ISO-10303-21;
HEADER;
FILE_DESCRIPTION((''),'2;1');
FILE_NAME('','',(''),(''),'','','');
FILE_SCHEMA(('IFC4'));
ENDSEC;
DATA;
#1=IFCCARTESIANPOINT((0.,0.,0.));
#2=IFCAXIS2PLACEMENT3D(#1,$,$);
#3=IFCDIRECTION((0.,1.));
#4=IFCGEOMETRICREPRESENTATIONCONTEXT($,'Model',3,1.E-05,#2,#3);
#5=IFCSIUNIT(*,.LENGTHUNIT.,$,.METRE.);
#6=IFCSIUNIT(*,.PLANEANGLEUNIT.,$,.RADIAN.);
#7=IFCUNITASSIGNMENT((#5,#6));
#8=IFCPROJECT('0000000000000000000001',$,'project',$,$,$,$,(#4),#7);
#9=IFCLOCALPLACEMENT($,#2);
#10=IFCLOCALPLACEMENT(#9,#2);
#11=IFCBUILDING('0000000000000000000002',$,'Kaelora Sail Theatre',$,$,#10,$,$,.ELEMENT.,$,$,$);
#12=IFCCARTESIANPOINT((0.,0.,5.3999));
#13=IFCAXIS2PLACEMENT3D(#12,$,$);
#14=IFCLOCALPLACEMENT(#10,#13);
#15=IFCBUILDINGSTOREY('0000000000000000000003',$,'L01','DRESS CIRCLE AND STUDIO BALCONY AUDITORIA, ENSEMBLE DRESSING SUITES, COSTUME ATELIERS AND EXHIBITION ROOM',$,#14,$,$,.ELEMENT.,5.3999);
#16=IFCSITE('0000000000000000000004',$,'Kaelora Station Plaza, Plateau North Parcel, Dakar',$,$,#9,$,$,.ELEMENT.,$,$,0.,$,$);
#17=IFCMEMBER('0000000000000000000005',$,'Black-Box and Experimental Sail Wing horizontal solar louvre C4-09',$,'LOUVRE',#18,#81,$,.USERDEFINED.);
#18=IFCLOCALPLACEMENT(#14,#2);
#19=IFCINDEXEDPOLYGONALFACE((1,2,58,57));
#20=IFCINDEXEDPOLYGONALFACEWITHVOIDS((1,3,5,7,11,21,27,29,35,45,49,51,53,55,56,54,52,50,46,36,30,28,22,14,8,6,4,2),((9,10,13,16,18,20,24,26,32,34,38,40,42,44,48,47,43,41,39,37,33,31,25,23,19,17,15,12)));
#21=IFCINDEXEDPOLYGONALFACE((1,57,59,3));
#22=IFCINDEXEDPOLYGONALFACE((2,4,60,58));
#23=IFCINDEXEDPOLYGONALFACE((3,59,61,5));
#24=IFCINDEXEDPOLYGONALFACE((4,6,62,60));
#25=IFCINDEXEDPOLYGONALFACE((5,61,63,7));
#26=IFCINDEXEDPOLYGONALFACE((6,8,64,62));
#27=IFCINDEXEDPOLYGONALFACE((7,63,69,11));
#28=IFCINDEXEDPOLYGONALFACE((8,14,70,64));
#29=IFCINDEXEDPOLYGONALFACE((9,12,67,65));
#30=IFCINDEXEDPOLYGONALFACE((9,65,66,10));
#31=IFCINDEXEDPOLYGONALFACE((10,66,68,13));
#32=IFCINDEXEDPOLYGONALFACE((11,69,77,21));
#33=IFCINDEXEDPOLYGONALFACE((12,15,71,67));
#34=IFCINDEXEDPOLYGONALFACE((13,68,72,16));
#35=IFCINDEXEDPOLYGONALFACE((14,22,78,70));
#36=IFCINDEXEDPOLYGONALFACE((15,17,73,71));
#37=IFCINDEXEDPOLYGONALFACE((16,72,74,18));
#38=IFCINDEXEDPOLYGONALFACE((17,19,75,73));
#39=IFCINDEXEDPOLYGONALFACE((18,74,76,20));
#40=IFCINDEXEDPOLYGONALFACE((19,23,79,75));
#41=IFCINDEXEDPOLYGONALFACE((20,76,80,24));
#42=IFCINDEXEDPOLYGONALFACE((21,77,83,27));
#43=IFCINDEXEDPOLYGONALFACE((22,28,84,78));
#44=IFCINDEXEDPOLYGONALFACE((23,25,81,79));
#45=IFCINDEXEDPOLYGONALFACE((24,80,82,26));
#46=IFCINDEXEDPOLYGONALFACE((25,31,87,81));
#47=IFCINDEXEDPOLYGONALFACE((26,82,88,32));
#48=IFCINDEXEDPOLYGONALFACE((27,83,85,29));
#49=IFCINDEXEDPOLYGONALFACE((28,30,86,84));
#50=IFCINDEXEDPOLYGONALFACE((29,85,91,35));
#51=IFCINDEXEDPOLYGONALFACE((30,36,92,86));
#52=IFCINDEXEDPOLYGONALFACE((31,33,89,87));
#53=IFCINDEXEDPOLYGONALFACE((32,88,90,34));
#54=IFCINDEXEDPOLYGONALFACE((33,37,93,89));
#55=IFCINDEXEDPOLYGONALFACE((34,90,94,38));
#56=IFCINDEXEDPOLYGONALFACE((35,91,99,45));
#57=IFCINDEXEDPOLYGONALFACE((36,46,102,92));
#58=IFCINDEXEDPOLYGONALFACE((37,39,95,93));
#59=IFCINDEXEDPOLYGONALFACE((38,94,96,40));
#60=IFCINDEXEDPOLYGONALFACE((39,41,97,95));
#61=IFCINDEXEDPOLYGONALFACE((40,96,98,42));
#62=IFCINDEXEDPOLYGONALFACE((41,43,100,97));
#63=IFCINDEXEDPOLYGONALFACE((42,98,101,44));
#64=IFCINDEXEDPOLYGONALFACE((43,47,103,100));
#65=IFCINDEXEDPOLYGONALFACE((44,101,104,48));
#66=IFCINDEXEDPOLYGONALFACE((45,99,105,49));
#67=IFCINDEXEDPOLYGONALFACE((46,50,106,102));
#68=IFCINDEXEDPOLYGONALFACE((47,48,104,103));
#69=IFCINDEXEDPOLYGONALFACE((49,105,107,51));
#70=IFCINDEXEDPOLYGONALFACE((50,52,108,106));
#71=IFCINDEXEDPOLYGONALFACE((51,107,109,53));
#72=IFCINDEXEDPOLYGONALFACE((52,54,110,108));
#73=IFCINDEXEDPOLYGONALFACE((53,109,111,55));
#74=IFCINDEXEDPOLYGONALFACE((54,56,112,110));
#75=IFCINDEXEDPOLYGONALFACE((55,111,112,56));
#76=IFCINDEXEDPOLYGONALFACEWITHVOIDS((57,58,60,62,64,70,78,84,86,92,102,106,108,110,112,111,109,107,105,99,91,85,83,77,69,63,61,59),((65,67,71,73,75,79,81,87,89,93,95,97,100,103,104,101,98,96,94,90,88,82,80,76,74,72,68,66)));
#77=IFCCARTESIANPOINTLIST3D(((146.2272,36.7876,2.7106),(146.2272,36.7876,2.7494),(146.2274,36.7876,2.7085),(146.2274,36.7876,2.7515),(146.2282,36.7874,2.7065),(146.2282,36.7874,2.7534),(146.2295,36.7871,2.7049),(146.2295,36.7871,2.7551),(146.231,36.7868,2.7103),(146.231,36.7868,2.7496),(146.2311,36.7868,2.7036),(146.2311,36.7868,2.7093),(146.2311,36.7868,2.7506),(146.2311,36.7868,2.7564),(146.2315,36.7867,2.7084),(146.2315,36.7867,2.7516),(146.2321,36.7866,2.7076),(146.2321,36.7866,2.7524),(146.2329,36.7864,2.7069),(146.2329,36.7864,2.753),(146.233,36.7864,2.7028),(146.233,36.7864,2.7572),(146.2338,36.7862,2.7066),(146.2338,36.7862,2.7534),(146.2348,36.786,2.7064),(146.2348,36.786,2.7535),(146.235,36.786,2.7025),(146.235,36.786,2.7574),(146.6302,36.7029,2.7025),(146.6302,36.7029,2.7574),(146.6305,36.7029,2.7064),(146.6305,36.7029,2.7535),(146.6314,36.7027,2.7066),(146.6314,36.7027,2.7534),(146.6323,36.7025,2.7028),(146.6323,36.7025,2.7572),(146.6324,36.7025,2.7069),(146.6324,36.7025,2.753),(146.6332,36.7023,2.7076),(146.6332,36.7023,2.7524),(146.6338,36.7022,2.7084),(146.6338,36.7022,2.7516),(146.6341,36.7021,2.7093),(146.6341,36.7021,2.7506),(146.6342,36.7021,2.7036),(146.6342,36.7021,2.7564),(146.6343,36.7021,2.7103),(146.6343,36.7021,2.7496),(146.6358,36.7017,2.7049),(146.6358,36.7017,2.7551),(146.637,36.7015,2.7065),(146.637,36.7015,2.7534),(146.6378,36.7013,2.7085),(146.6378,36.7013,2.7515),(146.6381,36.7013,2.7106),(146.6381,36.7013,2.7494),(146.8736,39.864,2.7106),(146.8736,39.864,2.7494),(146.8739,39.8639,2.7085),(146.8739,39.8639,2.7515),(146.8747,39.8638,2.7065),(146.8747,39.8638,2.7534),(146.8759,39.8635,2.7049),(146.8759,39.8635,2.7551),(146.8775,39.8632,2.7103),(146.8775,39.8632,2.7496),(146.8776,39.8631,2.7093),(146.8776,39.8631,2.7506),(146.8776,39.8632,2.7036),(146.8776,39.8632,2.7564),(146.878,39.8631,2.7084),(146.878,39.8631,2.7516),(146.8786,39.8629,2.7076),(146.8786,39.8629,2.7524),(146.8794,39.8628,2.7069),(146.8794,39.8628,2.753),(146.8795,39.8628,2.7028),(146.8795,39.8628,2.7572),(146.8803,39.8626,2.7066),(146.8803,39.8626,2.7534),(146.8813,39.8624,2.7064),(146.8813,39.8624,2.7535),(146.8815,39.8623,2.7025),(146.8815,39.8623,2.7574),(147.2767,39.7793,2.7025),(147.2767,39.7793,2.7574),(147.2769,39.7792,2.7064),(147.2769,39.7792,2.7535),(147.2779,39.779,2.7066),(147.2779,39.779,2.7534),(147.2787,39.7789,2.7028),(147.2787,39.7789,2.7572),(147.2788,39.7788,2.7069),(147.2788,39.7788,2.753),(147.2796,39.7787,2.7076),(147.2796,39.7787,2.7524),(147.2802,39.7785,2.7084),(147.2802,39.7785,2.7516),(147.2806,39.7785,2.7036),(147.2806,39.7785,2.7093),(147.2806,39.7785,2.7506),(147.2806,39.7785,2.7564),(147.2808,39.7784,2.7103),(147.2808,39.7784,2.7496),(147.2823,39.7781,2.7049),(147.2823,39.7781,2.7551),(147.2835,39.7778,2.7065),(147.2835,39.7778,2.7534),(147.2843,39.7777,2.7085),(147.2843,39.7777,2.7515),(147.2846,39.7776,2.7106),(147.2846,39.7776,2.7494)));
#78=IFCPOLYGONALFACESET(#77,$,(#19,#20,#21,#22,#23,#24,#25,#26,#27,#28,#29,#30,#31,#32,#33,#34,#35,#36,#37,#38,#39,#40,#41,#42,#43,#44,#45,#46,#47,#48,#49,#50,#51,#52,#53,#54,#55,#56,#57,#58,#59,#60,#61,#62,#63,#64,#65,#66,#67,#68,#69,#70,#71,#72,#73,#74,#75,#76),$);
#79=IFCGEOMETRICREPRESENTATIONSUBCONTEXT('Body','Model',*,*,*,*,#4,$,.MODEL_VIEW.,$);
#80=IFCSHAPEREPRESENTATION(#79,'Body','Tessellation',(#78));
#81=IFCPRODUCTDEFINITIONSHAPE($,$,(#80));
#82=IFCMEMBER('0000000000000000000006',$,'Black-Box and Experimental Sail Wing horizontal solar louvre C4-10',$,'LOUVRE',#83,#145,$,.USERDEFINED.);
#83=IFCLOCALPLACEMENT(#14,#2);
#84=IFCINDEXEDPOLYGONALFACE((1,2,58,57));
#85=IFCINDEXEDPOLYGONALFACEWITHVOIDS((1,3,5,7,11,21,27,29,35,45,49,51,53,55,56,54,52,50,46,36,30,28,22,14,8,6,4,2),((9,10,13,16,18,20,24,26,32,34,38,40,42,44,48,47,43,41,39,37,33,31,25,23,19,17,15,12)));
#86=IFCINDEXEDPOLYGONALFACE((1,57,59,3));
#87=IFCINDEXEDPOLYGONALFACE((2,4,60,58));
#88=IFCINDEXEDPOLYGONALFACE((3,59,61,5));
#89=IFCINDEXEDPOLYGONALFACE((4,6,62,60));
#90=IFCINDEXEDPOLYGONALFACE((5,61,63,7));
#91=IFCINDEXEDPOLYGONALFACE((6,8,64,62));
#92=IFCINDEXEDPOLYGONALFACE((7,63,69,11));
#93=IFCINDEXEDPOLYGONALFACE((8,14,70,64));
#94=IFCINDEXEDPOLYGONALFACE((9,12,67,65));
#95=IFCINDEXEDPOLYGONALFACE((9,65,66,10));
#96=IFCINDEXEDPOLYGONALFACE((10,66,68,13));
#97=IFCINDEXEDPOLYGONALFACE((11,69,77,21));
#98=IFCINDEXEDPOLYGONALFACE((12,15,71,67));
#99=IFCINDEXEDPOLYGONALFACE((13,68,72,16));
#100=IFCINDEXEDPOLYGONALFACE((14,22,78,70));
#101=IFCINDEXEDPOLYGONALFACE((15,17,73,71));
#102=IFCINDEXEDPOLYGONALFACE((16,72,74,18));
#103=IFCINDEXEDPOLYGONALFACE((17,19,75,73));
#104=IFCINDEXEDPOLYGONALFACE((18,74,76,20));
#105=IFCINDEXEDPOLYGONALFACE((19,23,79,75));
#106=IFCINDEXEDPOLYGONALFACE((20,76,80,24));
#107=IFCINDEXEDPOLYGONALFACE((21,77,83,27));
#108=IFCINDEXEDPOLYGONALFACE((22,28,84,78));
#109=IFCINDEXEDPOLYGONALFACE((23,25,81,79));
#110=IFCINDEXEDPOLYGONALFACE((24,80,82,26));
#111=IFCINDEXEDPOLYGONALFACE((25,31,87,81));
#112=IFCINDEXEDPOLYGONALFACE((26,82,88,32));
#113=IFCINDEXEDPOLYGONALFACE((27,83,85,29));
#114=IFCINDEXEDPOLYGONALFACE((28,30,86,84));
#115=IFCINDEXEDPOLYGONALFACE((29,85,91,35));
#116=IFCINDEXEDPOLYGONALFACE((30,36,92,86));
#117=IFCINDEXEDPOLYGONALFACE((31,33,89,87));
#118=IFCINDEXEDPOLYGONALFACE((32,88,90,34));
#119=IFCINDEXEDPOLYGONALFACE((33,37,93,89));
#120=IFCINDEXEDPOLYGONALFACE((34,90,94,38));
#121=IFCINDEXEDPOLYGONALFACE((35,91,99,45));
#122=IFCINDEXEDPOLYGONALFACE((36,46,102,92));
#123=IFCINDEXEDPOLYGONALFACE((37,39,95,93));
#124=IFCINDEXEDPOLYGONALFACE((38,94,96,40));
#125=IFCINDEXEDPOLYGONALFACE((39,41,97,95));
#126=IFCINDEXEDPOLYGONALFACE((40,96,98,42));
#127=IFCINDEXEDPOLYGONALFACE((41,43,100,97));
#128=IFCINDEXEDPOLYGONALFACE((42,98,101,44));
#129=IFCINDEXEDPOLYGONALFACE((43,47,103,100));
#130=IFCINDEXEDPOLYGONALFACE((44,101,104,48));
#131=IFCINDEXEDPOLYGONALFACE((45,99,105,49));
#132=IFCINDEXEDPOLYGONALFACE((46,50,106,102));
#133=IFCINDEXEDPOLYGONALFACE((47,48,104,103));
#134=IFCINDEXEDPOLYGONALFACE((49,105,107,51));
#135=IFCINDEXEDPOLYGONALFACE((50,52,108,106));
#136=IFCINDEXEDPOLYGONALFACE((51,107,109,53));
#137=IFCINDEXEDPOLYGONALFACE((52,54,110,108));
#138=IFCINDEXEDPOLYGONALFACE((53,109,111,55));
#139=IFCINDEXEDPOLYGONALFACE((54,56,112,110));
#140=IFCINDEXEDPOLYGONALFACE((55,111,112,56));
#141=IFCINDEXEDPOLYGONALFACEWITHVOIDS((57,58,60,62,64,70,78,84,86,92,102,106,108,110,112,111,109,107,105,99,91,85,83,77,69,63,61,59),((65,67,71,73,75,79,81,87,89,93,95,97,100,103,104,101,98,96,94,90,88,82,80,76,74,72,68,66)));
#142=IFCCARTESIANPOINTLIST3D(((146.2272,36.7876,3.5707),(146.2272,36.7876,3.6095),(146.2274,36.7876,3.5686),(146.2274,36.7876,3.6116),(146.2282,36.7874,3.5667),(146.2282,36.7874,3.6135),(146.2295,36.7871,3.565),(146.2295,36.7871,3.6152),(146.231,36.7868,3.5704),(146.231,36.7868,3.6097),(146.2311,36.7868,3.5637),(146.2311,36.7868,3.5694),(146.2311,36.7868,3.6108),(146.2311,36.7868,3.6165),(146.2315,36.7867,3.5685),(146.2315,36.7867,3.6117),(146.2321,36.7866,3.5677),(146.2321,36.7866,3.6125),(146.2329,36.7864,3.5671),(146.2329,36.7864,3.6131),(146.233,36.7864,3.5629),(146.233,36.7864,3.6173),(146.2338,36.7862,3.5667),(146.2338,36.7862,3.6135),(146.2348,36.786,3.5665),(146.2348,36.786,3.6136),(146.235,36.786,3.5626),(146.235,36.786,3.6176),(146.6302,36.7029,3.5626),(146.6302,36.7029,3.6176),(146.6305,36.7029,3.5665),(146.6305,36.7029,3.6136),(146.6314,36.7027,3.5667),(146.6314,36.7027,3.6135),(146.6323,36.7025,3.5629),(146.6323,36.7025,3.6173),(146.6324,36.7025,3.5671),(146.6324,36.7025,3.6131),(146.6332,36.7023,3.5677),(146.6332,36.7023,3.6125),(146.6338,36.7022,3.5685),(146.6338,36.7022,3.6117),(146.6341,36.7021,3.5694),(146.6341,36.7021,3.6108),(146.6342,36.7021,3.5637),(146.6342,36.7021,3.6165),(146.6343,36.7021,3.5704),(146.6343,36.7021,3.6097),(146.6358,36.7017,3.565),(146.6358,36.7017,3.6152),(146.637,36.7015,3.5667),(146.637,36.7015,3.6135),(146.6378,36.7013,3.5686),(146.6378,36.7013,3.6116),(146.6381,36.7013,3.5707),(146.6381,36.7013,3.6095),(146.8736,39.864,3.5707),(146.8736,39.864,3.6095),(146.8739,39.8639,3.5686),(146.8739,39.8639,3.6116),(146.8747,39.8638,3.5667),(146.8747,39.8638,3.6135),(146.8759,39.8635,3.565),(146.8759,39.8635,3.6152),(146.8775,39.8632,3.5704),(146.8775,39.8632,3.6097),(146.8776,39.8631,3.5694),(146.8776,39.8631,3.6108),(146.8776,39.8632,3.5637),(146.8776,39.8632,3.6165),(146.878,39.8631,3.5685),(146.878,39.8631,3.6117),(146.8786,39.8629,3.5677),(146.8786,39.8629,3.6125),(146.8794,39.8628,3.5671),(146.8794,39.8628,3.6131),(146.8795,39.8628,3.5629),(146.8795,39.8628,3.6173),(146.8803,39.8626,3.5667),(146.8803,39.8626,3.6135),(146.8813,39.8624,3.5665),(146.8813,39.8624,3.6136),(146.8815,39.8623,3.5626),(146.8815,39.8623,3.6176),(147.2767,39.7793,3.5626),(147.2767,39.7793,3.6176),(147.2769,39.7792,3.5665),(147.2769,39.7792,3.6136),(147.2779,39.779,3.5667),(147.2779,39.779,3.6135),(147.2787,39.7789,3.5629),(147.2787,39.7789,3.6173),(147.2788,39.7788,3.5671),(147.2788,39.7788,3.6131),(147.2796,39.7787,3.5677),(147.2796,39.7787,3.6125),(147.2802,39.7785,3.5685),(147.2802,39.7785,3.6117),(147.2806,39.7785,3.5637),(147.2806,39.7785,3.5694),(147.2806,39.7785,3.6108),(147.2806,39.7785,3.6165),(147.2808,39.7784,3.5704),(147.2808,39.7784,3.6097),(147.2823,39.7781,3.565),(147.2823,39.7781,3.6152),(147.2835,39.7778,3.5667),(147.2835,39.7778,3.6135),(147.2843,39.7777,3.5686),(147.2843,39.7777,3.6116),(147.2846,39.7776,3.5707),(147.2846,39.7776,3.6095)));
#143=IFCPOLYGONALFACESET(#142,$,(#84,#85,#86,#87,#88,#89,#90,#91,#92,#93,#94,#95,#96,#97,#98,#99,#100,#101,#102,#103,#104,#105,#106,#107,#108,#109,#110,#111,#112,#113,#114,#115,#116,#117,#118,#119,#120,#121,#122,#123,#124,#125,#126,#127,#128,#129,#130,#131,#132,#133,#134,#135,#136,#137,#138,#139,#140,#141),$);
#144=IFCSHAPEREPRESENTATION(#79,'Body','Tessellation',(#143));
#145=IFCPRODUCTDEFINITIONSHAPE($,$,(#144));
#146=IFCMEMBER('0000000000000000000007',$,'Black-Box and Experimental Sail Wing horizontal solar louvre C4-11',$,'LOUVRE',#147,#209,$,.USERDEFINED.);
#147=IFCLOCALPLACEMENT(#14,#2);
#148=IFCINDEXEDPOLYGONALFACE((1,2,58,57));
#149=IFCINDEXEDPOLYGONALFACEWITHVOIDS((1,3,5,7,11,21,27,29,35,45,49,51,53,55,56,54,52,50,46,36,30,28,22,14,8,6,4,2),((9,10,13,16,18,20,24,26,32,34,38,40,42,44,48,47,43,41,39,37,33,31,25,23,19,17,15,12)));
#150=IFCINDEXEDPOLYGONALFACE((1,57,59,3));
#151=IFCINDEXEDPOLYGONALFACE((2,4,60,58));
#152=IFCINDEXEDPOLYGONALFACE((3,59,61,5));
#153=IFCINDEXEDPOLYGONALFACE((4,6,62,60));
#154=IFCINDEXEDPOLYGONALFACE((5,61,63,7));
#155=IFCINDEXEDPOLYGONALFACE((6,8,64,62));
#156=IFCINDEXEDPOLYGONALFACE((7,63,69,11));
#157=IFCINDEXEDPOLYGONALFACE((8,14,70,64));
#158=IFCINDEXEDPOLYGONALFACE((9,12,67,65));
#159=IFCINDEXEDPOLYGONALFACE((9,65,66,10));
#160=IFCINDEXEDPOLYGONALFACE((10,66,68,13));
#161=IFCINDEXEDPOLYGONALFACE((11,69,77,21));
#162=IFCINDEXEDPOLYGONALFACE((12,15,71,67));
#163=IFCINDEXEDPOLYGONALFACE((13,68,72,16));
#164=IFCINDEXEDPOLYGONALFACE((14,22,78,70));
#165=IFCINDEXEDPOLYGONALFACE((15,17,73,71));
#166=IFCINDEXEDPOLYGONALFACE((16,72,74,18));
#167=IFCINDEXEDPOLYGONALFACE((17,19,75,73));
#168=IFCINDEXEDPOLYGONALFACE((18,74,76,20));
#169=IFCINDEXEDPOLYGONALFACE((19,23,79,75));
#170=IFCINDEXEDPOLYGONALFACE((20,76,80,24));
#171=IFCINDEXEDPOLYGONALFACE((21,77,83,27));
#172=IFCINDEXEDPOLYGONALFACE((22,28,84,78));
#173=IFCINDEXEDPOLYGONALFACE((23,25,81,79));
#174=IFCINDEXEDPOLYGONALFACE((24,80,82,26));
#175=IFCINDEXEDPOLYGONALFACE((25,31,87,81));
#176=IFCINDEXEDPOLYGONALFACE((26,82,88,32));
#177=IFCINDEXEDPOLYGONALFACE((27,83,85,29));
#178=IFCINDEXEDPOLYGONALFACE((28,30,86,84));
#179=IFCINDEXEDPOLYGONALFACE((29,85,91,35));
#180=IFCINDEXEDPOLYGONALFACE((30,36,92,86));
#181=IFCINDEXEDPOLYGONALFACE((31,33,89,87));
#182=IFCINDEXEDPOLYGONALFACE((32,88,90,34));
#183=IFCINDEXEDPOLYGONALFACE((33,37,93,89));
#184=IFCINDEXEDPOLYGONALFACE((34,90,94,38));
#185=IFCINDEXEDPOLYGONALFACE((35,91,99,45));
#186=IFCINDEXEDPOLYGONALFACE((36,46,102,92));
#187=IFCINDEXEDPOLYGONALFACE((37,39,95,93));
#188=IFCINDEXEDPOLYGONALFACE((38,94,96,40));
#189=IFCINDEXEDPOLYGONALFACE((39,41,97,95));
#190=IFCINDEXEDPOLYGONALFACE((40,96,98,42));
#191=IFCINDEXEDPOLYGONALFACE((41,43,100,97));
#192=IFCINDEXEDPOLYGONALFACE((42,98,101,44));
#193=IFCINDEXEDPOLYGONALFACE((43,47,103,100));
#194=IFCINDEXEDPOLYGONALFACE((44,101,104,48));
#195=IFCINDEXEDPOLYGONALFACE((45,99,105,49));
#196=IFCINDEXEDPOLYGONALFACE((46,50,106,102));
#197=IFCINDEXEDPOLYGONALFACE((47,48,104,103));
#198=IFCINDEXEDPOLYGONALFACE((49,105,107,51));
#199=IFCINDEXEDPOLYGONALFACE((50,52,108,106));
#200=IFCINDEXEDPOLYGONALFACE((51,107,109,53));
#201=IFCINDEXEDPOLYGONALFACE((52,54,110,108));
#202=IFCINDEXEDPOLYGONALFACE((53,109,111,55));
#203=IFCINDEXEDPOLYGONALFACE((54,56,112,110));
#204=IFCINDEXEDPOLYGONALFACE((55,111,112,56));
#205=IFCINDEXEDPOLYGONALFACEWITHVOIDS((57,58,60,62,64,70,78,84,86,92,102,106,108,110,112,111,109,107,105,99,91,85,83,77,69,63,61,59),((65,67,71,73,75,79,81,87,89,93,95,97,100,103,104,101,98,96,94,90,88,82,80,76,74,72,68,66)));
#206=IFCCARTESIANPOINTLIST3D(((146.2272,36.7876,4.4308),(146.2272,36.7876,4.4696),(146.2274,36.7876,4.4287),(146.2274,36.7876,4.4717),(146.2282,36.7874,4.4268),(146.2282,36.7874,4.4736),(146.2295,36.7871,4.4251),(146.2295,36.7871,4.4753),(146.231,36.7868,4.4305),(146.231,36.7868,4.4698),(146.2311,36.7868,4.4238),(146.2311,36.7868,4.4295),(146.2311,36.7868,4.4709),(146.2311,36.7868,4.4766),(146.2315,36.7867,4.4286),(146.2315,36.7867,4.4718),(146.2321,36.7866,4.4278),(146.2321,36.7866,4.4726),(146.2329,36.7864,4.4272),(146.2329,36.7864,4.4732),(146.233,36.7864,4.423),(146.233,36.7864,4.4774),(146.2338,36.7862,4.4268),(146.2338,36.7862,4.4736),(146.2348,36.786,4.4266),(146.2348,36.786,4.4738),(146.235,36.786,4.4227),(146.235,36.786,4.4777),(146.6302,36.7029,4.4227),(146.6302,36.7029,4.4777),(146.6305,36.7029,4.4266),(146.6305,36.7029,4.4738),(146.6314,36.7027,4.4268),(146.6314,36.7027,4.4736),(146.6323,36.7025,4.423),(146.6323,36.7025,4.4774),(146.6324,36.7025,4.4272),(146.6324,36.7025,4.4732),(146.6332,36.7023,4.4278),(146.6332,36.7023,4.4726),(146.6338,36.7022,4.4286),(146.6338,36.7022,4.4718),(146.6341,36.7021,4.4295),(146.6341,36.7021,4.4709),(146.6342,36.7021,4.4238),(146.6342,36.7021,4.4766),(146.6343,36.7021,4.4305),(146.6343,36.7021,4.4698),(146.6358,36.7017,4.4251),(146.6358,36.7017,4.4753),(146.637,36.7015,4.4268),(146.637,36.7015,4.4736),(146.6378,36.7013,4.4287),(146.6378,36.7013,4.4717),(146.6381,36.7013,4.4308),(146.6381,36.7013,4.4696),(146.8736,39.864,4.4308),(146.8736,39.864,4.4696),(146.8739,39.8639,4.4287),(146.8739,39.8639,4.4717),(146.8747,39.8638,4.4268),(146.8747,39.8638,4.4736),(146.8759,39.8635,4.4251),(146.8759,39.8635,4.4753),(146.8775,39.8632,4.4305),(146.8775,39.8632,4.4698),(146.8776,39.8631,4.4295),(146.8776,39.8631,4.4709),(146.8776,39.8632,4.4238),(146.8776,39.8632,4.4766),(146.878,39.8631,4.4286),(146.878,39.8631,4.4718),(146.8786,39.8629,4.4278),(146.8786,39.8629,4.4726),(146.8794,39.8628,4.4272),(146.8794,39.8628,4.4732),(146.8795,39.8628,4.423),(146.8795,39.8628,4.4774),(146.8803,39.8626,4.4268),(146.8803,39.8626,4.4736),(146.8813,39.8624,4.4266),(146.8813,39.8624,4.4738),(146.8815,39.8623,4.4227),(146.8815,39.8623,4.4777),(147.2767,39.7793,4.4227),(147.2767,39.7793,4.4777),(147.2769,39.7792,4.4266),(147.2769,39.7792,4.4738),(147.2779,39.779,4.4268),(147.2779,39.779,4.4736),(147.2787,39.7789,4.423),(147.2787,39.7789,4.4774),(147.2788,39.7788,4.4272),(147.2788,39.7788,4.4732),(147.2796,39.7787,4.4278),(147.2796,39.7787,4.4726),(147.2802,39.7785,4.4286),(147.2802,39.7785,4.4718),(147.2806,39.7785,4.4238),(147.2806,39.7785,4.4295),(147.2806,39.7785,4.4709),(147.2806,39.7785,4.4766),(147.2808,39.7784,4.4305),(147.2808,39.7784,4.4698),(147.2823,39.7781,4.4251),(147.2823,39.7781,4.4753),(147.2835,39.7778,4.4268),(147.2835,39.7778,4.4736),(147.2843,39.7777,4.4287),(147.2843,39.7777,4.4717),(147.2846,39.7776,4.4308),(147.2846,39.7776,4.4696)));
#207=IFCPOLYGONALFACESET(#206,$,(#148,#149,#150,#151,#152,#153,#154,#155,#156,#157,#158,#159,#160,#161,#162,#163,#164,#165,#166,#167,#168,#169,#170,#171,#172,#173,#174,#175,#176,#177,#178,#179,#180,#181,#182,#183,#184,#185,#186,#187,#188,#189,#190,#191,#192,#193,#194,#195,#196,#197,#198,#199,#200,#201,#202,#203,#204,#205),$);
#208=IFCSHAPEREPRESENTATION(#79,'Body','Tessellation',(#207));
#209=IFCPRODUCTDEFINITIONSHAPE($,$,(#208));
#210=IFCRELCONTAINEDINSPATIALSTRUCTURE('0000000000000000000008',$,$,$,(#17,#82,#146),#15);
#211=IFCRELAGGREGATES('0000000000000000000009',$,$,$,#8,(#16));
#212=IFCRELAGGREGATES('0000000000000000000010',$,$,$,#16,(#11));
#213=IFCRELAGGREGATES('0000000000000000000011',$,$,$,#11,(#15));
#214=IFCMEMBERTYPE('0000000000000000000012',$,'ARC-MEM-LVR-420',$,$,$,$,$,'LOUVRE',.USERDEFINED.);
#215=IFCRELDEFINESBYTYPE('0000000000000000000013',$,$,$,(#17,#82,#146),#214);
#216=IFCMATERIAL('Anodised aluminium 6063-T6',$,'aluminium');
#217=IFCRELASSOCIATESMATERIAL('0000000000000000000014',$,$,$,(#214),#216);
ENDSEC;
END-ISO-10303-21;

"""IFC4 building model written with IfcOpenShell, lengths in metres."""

from ifc_helpers import new_model, si_unit, direction, frame, origin, origin_2d, place, context, subcontext, project, spatial, hollow_rectangle, extrude, material, material_profile, profile_set, type_object, element, save


model = new_model("IFC4")

# Units and contexts
model_context = context("Model", 3, precision=1e-05, world=origin(), true_north=direction((0.0, 1.0)))
body_context = subcontext(model_context, "Body", "Model", "MODEL_VIEW")
ifc_project = project(units=[si_unit("LENGTHUNIT", "METRE"), si_unit("PLANEANGLEUNIT", "RADIAN")], contexts=[model_context])

# Site, building, storey
site_placement = place(None, origin())
site = spatial("IfcSite", under=ifc_project, at=site_placement, Name="Kaelora Station Plaza, Plateau North Parcel, Dakar", CompositionType="ELEMENT", RefElevation=0.0)
building_placement = place(site_placement, origin())
building = spatial("IfcBuilding", under=site, at=building_placement, Name="Kaelora Sail Theatre", CompositionType="ELEMENT")
storey_placement = place(building_placement, frame((0.0, 0.0, 5.3999)))
storey = spatial("IfcBuildingStorey", under=building, at=storey_placement, Name="L01", Description="DRESS CIRCLE AND STUDIO BALCONY AUDITORIA, ENSEMBLE DRESSING SUITES, COSTUME ATELIERS AND EXHIBITION ROOM", CompositionType="ELEMENT", Elevation=5.3999)

# Members
ifc_material_1 = material(Name="Anodised aluminium 6063-T6", Category="aluminium")
ifc_material_profile_1 = material_profile(ifc_material_1, hollow_rectangle(XDim=0.4199, YDim=0.0549, WallThickness=0.0039, InnerFilletRadius=0.0039, OuterFilletRadius=0.0081, at=origin_2d()), Name="LOUVRE 420x55x4")
ifc_profile_set_1 = profile_set([ifc_material_profile_1], Name="Anodised aluminium 6063-T6")
member_type = type_object("IfcMemberType", Name="ARC-MEM-LVR-420", ElementType="LOUVRE", PredefinedType="USERDEFINED", material=ifc_profile_set_1)
for number, where, z_axis, x_axis, name in (
    (1, (147.0791, 39.8208, 2.73), (-0.20565, -0.978626, 0.0), (0.978626, -0.20565, 0.0), "Black-Box and Experimental Sail Wing horizontal solar louvre C4-09"),
    (2, (147.0791, 39.8208, 3.5901), (-0.20565, -0.978626, 0.0), (0.978626, -0.20565, 0.0), "Black-Box and Experimental Sail Wing horizontal solar louvre C4-10"),
    (3, (147.0791, 39.8208, 4.4502), (-0.20565, -0.978626, 0.0), (0.978626, -0.20565, 0.0), "Black-Box and Experimental Sail Wing horizontal solar louvre C4-11"),
):
    element("IfcMember", number, at=place(storey_placement, frame(where, z_axis=z_axis, x_axis=x_axis)), inside=storey, type_object=member_type, Name=name, ObjectType="LOUVRE", PredefinedType="USERDEFINED", context=body_context, shape_type="SweptSolid", body=[
        extrude(hollow_rectangle(XDim=0.4199, YDim=0.0549, WallThickness=0.0039, InnerFilletRadius=0.0039, OuterFilletRadius=0.0081, at=origin_2d()), origin(), (0.0, 0.0, 1.0), 3.1436),
    ])

save(model, "model.ifc")
